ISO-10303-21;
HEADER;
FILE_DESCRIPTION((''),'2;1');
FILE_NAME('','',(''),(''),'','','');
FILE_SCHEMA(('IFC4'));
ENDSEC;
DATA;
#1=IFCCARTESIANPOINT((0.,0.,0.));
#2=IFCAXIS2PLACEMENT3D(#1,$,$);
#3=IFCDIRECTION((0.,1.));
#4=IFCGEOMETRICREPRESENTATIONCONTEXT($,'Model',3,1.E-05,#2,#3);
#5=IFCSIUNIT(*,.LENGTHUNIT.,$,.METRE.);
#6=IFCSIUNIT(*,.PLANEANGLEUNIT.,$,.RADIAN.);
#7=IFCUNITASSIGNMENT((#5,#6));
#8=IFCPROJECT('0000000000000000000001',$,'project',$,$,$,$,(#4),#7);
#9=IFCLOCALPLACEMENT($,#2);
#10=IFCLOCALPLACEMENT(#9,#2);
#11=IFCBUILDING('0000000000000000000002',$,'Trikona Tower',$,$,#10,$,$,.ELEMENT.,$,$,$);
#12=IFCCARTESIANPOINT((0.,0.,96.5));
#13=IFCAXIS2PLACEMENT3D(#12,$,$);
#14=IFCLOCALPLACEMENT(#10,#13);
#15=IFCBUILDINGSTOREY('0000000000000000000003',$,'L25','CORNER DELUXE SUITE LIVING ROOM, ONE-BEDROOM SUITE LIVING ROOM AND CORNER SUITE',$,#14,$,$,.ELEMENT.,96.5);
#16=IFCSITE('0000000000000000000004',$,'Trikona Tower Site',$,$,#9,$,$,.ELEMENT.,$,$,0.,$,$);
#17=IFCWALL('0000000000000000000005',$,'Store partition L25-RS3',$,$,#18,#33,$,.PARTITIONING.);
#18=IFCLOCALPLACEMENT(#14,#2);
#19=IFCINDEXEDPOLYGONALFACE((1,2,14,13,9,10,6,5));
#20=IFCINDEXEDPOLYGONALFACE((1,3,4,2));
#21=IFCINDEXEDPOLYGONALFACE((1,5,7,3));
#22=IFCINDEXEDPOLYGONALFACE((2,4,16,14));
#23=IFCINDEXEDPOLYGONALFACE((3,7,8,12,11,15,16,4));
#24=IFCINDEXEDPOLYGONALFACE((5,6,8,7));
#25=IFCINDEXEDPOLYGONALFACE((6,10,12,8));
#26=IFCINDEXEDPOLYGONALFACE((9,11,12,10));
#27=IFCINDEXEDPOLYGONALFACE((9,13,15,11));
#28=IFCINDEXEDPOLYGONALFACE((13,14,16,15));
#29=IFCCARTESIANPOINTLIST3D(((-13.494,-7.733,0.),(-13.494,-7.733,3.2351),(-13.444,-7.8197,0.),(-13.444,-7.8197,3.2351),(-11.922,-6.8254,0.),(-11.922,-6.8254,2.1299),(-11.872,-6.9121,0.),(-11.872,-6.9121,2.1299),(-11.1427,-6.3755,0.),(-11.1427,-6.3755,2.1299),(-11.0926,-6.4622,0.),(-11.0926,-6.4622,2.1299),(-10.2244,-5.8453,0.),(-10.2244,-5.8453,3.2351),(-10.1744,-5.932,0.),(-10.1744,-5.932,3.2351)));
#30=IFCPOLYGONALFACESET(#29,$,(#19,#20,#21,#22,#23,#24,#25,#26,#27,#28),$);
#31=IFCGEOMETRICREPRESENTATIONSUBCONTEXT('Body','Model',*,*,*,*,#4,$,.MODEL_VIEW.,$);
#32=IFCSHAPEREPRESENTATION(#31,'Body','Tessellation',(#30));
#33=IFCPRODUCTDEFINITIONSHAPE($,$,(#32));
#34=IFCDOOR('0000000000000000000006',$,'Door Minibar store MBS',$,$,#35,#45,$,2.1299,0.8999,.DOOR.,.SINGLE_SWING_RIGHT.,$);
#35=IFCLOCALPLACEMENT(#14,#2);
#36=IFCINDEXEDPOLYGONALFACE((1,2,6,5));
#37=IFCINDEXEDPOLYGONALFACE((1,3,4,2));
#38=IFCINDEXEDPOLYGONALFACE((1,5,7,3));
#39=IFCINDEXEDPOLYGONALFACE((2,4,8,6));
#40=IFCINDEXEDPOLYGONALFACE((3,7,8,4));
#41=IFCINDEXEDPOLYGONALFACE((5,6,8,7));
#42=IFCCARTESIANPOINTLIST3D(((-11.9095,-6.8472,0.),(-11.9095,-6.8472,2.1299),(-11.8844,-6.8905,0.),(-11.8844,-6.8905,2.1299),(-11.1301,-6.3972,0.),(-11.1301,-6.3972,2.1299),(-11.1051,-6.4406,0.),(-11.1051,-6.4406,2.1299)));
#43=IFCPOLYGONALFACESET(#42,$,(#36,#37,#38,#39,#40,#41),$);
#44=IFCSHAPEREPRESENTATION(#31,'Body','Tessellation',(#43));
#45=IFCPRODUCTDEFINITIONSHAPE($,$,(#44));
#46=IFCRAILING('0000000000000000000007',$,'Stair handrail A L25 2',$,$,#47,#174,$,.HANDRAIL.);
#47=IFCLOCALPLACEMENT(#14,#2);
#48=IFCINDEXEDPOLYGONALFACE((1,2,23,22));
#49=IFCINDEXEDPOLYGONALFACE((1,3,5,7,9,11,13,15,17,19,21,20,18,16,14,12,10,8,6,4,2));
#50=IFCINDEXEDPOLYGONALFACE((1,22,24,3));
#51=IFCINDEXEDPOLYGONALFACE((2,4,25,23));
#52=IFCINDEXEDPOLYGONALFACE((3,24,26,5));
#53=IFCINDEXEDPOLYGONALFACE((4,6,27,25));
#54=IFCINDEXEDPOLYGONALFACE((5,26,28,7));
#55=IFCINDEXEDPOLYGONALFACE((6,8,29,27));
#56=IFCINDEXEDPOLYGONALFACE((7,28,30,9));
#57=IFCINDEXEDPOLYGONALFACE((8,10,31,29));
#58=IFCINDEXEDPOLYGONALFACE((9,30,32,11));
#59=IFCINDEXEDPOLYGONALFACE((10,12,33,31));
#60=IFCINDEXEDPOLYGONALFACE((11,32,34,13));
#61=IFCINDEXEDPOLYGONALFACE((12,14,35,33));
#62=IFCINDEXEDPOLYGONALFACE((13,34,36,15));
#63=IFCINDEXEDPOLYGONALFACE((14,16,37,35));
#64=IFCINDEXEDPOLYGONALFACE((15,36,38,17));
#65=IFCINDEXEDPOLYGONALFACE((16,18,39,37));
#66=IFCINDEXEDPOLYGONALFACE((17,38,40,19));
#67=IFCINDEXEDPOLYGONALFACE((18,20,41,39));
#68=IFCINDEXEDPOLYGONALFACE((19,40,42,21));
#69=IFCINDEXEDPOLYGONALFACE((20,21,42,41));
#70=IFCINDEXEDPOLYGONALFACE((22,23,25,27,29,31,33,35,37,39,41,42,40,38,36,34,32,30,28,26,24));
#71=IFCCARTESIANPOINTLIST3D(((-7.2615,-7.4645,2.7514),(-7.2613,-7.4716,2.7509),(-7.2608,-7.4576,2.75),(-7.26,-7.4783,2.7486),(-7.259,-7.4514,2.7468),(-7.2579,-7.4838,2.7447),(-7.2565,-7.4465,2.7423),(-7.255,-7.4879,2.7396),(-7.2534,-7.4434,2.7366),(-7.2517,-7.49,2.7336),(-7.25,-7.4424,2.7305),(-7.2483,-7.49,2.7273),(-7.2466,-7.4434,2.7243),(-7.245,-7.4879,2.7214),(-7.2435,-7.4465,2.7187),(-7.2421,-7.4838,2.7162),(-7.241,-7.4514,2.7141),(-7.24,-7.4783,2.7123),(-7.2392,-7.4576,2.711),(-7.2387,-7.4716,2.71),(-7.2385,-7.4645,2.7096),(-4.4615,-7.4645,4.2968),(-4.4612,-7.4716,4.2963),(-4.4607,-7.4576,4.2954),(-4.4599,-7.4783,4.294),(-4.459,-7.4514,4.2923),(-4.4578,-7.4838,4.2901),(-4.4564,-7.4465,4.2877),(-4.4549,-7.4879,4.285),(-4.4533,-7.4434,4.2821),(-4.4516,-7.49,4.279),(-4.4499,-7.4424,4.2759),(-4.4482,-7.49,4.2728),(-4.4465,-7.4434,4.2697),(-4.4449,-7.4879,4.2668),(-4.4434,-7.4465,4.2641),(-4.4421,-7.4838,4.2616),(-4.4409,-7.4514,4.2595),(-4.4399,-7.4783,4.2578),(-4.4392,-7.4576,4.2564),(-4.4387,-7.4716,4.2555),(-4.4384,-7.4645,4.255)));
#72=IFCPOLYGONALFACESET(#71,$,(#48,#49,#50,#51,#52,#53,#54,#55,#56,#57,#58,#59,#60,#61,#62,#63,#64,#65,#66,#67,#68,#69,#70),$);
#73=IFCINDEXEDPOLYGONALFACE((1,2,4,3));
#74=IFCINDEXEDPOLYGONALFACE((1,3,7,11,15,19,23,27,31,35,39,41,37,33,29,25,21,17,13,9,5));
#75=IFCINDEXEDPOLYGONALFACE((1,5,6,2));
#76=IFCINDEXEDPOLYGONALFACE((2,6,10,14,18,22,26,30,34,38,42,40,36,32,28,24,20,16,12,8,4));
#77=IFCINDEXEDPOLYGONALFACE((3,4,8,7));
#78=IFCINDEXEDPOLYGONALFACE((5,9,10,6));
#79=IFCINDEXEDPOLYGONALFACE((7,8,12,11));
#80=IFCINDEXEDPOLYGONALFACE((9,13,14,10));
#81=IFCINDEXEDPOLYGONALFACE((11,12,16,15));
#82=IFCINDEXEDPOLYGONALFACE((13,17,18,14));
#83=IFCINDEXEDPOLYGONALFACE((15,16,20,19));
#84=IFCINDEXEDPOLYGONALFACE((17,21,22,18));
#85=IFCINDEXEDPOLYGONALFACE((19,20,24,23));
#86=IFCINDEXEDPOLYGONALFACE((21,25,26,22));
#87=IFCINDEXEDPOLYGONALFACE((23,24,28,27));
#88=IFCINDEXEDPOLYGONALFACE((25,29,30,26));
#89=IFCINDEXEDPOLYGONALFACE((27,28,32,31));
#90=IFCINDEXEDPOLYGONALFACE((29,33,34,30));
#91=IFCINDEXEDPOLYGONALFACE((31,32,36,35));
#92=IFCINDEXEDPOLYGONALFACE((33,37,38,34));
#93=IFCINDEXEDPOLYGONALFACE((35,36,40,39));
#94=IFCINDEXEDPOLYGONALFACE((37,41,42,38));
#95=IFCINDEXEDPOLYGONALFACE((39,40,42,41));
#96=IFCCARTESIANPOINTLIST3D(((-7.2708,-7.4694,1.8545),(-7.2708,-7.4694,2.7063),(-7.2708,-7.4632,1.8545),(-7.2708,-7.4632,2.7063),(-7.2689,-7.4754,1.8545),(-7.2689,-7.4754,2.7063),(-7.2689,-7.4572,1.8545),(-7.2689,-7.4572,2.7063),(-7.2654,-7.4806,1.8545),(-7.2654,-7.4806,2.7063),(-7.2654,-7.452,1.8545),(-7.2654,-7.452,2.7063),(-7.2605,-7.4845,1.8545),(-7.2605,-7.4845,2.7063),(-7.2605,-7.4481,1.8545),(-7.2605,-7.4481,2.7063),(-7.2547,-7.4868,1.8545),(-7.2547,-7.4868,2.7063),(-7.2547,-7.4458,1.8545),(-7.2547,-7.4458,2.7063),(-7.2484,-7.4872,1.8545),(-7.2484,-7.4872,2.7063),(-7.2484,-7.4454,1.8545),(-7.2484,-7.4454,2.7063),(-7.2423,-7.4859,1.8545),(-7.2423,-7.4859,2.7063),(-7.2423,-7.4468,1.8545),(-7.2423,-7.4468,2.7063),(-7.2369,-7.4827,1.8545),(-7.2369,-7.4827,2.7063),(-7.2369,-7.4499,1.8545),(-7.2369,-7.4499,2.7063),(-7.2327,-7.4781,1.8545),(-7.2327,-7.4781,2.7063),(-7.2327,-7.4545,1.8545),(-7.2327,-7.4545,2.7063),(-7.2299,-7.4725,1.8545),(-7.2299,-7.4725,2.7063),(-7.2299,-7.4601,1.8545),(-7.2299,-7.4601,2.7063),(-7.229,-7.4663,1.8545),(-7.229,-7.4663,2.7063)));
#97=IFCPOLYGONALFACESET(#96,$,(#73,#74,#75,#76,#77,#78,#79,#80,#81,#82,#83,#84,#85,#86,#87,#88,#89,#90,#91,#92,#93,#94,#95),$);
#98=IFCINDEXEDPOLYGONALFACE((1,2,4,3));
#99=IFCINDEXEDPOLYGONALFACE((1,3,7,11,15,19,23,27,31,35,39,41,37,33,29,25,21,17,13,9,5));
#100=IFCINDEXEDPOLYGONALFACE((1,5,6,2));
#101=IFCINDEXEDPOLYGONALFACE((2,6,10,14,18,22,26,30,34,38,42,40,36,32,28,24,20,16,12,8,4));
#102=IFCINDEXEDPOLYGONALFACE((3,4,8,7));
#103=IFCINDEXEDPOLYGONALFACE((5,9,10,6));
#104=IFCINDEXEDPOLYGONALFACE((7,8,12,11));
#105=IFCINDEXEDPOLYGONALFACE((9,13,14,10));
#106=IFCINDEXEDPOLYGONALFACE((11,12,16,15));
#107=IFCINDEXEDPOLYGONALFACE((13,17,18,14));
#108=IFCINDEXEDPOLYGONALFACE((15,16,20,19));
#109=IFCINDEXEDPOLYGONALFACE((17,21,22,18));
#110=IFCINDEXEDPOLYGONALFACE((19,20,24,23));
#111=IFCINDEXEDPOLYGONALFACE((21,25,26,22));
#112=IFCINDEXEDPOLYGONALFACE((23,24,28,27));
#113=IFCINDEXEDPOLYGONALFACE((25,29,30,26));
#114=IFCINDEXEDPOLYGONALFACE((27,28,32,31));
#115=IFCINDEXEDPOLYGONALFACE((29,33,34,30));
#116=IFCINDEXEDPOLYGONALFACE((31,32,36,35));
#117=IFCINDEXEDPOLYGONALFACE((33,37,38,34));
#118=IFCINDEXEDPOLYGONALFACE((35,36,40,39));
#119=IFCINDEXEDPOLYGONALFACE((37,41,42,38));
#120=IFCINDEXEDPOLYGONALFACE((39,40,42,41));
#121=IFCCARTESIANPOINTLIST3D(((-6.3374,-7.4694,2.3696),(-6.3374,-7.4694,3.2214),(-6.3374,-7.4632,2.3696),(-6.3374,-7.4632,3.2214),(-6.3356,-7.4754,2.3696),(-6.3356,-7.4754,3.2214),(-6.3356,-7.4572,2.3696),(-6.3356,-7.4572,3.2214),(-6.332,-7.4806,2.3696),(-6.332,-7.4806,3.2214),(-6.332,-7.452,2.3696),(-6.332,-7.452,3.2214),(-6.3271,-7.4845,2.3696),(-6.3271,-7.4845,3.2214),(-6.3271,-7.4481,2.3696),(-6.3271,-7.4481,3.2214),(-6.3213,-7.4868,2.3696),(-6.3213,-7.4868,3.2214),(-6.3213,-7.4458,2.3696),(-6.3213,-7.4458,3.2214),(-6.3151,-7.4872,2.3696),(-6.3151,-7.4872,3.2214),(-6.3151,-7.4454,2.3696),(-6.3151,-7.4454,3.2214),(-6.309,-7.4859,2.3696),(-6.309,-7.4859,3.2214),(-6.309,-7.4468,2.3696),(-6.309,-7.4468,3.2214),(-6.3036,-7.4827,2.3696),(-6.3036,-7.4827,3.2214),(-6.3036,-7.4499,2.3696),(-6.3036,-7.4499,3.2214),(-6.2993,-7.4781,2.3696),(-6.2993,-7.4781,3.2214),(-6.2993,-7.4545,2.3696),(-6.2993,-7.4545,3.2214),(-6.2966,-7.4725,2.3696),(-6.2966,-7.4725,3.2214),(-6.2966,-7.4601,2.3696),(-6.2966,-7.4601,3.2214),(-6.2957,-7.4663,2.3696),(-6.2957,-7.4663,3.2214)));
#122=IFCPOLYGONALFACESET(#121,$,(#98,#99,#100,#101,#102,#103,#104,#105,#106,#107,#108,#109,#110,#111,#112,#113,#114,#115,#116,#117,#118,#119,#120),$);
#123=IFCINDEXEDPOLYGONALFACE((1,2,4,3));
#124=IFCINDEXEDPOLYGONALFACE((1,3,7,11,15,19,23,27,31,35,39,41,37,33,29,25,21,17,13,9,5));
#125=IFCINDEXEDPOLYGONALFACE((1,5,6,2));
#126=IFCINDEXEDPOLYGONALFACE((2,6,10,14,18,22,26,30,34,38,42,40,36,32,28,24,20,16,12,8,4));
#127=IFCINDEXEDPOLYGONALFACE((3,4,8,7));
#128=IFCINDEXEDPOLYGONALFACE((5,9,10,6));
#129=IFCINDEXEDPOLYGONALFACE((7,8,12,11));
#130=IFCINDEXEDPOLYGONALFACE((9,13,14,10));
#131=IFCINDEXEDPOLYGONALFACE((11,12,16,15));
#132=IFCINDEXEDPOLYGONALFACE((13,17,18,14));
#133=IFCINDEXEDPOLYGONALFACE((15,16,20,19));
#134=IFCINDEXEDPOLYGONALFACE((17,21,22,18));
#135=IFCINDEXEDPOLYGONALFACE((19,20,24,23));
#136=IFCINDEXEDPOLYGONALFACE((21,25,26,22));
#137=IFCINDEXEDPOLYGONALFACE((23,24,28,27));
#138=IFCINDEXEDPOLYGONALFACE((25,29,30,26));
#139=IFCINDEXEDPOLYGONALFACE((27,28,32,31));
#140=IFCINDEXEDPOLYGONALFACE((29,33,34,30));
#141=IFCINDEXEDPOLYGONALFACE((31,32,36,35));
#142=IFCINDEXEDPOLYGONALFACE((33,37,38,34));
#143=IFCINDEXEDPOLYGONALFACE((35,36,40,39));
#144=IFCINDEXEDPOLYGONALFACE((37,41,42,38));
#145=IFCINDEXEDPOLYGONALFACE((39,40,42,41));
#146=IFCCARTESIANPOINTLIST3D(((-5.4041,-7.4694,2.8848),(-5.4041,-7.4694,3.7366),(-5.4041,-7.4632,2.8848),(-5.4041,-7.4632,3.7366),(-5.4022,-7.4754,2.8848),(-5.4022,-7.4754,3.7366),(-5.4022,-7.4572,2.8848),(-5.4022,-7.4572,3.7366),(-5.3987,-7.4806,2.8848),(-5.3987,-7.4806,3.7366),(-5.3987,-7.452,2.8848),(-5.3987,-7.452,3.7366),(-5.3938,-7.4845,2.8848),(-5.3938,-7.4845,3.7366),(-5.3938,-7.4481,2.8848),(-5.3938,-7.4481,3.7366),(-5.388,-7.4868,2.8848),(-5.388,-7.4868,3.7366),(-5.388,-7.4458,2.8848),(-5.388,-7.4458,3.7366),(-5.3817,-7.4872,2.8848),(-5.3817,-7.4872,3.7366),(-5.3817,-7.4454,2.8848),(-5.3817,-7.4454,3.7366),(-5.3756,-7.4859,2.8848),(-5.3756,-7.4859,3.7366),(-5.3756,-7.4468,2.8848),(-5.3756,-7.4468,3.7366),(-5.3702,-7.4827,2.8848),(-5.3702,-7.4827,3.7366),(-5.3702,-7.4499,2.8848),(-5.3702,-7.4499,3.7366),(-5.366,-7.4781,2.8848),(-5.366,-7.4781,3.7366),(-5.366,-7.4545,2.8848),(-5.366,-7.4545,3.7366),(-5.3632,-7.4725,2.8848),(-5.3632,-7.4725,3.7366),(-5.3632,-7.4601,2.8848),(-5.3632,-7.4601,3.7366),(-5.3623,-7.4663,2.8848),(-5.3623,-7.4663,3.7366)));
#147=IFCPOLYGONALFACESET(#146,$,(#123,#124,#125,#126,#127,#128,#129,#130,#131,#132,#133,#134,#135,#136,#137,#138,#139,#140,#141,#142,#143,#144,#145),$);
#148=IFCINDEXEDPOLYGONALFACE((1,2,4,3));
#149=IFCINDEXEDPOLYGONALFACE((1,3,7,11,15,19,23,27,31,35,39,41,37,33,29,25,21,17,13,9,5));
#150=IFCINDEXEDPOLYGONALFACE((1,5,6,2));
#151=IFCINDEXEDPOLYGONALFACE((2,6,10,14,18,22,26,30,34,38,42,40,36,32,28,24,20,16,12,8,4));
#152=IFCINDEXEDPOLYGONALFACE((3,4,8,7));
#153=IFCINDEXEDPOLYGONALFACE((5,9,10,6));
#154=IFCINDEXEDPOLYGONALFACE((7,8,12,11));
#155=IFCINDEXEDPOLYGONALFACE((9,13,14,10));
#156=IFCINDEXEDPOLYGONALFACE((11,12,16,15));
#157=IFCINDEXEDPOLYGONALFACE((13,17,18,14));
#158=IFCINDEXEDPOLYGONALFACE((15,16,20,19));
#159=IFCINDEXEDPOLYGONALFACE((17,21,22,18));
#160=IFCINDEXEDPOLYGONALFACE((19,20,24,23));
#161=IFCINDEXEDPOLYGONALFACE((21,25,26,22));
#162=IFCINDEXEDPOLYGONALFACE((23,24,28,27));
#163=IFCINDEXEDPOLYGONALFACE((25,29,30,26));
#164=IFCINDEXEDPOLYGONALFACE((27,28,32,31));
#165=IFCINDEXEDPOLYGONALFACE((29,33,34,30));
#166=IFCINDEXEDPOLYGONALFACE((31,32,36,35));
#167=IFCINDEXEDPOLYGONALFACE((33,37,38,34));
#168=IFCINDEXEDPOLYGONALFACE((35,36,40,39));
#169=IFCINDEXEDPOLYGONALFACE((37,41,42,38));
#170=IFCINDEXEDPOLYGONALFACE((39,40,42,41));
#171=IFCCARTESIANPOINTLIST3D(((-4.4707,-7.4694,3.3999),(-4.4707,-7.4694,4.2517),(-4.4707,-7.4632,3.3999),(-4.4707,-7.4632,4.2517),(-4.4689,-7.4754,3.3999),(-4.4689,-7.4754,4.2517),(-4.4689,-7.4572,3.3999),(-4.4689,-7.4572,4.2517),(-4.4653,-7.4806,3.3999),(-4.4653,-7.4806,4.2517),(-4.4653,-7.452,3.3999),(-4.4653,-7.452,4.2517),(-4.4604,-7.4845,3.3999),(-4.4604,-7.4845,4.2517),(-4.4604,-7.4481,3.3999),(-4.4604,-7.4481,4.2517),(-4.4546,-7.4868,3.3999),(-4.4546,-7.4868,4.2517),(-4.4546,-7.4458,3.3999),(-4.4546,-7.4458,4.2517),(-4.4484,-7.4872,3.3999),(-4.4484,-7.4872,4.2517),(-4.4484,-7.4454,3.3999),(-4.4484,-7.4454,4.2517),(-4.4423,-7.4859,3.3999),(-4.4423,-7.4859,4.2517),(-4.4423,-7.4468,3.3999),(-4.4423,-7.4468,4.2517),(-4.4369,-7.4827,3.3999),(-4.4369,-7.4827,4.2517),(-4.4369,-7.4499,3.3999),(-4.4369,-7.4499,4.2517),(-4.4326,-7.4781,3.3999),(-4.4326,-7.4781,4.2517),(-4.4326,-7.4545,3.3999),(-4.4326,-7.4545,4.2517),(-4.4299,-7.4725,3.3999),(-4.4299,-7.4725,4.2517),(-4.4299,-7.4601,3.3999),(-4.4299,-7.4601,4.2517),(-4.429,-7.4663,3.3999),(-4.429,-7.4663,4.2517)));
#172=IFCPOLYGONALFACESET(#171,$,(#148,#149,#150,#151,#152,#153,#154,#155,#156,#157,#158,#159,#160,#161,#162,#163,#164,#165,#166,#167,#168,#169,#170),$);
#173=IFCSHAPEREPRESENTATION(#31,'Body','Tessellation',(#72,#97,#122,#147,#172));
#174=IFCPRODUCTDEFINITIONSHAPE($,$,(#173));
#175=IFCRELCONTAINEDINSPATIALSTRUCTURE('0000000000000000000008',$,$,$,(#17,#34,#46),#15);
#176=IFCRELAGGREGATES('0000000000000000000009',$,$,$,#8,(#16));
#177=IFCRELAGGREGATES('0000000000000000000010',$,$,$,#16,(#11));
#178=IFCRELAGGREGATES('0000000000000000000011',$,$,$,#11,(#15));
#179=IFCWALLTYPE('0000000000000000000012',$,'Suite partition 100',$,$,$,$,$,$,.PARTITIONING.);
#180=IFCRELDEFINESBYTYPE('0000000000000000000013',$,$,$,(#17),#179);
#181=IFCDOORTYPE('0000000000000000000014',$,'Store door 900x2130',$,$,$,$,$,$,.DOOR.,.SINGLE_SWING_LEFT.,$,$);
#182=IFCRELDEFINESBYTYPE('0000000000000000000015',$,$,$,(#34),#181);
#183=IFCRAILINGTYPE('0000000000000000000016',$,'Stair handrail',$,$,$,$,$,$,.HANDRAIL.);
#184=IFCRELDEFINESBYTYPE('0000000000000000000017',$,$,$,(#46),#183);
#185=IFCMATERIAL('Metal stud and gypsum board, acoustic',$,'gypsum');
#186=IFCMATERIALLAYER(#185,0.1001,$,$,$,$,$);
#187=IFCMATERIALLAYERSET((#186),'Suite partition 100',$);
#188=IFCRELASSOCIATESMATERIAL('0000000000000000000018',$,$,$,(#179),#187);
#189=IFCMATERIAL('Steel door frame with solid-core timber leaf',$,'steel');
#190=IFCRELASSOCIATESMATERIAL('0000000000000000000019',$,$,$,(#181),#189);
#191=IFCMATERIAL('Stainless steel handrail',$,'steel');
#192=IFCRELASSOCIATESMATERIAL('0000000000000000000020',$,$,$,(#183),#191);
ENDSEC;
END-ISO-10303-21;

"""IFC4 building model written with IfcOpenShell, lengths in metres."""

from ifc_helpers import new_model, si_unit, direction, frame, frame_2d, origin, origin_2d, place, context, subcontext, project, spatial, rectangle, circle, extrude, material, layer, layer_set, type_object, element, fill, save


model = new_model("IFC4")

# Units and contexts
model_context = context("Model", 3, precision=1e-05, world=origin(), true_north=direction((0.0, 1.0)))
body_context = subcontext(model_context, "Body", "Model", "MODEL_VIEW")
ifc_project = project(units=[si_unit("LENGTHUNIT", "METRE"), si_unit("PLANEANGLEUNIT", "RADIAN")], contexts=[model_context])

# Site, building, storey
site_placement = place(None, origin())
site = spatial("IfcSite", under=ifc_project, at=site_placement, Name="Trikona Tower Site", CompositionType="ELEMENT", RefElevation=0.0)
building_placement = place(site_placement, origin())
building = spatial("IfcBuilding", under=site, at=building_placement, Name="Trikona Tower", CompositionType="ELEMENT")
storey_placement = place(building_placement, frame((0.0, 0.0, 96.5)))
storey = spatial("IfcBuildingStorey", under=building, at=storey_placement, Name="L25", Description="CORNER DELUXE SUITE LIVING ROOM, ONE-BEDROOM SUITE LIVING ROOM AND CORNER SUITE", CompositionType="ELEMENT", Elevation=96.5)

# Wall, opening, door
ifc_material_1 = material(Name="Metal stud and gypsum board, acoustic", Category="gypsum")
ifc_layer_1 = layer(ifc_material_1, 0.1001)
ifc_layer_set_1 = layer_set([ifc_layer_1], Name="Suite partition 100")
wall_type_1 = type_object("IfcWallType", Name="Suite partition 100", PredefinedType="PARTITIONING", material=ifc_layer_set_1)
wall_1_placement = place(storey_placement, frame((-13.469, -7.7764, 0.0), z_axis=(0.0, 0.0, 1.0), x_axis=(0.866022, 0.500006, 0.0)))
wall_1 = element("IfcWall", 1, at=wall_1_placement, inside=storey, type_object=wall_type_1, Name="Store partition L25-RS3", PredefinedType="PARTITIONING", context=body_context, shape_type="SweptSolid", body=[
    extrude(rectangle(XDim=3.7754, YDim=0.1001, at=frame_2d((1.8877, 0.0))), origin(), (0.0, 0.0, 1.0), 3.2351),
])
opening_1_placement = place(wall_1_placement, frame((1.8152, 0.0, 0.0)))
opening_1 = element("IfcOpeningElement", 2, at=opening_1_placement, cuts=wall_1, PredefinedType="OPENING", context=body_context, shape_type="SweptSolid", body=[
    extrude(rectangle(XDim=0.8999, YDim=2.1299, at=frame_2d((0.45, 1.0649))), frame((0.0, 0.0601, 0.0), z_axis=(0.0, -1.0, 0.0), x_axis=(1.0, 0.0, 0.0)), (0.0, 0.0, 1.0), 0.1201),
])
ifc_material_2 = material(Name="Steel door frame with solid-core timber leaf", Category="steel")
door_type_1 = type_object("IfcDoorType", Name="Store door 900x2130", OperationType="SINGLE_SWING_LEFT", PredefinedType="DOOR", material=ifc_material_2)
door_1_placement = place(opening_1_placement, origin())
door_1 = element("IfcDoor", 3, at=door_1_placement, inside=storey, type_object=door_type_1, Name="Door Minibar store MBS", OperationType="SINGLE_SWING_RIGHT", OverallHeight=2.1299, OverallWidth=0.8999, PredefinedType="DOOR", context=body_context, shape_type="SweptSolid", body=[
    extrude(rectangle(XDim=0.8999, YDim=2.1299, at=frame_2d((0.45, 1.0649))), frame((0.0, 0.0249, 0.0), z_axis=(0.0, -1.0, 0.0), x_axis=(1.0, 0.0, 0.0)), (0.0, 0.0, 1.0), 0.05),
])
fill(opening_1, door_1)

# Railing
ifc_material_3 = material(Name="Stainless steel handrail", Category="steel")
railing_type = type_object("IfcRailingType", Name="Stair handrail", PredefinedType="HANDRAIL", material=ifc_material_3)
railing_placement = place(storey_placement, frame((-7.25, -7.4663, 1.8545)))
element("IfcRailing", 4, at=railing_placement, inside=storey, type_object=railing_type, Name="Stair handrail A L25 2", PredefinedType="HANDRAIL", context=body_context, shape_type="SweptSolid", body=[
    extrude(circle(Radius=0.0239, at=origin_2d()), frame((0.0, 0.0, 0.876), z_axis=(0.875504, 0.0, 0.483211), x_axis=(0.0, 1.0, 0.0)), (0.0, 0.0, 1.0), 3.1982),
    extrude(circle(Radius=0.021, at=origin_2d()), origin(), (0.0, 0.0, 1.0), 0.8518),
    extrude(circle(Radius=0.021, at=origin_2d()), frame((0.9333, 0.0, 0.5151)), (0.0, 0.0, 1.0), 0.8518),
    extrude(circle(Radius=0.021, at=origin_2d()), frame((1.8667, 0.0, 1.0303)), (0.0, 0.0, 1.0), 0.8518),
    extrude(circle(Radius=0.021, at=origin_2d()), frame((2.8, 0.0, 1.5454)), (0.0, 0.0, 1.0), 0.8518),
])

save(model, "model.ifc")
